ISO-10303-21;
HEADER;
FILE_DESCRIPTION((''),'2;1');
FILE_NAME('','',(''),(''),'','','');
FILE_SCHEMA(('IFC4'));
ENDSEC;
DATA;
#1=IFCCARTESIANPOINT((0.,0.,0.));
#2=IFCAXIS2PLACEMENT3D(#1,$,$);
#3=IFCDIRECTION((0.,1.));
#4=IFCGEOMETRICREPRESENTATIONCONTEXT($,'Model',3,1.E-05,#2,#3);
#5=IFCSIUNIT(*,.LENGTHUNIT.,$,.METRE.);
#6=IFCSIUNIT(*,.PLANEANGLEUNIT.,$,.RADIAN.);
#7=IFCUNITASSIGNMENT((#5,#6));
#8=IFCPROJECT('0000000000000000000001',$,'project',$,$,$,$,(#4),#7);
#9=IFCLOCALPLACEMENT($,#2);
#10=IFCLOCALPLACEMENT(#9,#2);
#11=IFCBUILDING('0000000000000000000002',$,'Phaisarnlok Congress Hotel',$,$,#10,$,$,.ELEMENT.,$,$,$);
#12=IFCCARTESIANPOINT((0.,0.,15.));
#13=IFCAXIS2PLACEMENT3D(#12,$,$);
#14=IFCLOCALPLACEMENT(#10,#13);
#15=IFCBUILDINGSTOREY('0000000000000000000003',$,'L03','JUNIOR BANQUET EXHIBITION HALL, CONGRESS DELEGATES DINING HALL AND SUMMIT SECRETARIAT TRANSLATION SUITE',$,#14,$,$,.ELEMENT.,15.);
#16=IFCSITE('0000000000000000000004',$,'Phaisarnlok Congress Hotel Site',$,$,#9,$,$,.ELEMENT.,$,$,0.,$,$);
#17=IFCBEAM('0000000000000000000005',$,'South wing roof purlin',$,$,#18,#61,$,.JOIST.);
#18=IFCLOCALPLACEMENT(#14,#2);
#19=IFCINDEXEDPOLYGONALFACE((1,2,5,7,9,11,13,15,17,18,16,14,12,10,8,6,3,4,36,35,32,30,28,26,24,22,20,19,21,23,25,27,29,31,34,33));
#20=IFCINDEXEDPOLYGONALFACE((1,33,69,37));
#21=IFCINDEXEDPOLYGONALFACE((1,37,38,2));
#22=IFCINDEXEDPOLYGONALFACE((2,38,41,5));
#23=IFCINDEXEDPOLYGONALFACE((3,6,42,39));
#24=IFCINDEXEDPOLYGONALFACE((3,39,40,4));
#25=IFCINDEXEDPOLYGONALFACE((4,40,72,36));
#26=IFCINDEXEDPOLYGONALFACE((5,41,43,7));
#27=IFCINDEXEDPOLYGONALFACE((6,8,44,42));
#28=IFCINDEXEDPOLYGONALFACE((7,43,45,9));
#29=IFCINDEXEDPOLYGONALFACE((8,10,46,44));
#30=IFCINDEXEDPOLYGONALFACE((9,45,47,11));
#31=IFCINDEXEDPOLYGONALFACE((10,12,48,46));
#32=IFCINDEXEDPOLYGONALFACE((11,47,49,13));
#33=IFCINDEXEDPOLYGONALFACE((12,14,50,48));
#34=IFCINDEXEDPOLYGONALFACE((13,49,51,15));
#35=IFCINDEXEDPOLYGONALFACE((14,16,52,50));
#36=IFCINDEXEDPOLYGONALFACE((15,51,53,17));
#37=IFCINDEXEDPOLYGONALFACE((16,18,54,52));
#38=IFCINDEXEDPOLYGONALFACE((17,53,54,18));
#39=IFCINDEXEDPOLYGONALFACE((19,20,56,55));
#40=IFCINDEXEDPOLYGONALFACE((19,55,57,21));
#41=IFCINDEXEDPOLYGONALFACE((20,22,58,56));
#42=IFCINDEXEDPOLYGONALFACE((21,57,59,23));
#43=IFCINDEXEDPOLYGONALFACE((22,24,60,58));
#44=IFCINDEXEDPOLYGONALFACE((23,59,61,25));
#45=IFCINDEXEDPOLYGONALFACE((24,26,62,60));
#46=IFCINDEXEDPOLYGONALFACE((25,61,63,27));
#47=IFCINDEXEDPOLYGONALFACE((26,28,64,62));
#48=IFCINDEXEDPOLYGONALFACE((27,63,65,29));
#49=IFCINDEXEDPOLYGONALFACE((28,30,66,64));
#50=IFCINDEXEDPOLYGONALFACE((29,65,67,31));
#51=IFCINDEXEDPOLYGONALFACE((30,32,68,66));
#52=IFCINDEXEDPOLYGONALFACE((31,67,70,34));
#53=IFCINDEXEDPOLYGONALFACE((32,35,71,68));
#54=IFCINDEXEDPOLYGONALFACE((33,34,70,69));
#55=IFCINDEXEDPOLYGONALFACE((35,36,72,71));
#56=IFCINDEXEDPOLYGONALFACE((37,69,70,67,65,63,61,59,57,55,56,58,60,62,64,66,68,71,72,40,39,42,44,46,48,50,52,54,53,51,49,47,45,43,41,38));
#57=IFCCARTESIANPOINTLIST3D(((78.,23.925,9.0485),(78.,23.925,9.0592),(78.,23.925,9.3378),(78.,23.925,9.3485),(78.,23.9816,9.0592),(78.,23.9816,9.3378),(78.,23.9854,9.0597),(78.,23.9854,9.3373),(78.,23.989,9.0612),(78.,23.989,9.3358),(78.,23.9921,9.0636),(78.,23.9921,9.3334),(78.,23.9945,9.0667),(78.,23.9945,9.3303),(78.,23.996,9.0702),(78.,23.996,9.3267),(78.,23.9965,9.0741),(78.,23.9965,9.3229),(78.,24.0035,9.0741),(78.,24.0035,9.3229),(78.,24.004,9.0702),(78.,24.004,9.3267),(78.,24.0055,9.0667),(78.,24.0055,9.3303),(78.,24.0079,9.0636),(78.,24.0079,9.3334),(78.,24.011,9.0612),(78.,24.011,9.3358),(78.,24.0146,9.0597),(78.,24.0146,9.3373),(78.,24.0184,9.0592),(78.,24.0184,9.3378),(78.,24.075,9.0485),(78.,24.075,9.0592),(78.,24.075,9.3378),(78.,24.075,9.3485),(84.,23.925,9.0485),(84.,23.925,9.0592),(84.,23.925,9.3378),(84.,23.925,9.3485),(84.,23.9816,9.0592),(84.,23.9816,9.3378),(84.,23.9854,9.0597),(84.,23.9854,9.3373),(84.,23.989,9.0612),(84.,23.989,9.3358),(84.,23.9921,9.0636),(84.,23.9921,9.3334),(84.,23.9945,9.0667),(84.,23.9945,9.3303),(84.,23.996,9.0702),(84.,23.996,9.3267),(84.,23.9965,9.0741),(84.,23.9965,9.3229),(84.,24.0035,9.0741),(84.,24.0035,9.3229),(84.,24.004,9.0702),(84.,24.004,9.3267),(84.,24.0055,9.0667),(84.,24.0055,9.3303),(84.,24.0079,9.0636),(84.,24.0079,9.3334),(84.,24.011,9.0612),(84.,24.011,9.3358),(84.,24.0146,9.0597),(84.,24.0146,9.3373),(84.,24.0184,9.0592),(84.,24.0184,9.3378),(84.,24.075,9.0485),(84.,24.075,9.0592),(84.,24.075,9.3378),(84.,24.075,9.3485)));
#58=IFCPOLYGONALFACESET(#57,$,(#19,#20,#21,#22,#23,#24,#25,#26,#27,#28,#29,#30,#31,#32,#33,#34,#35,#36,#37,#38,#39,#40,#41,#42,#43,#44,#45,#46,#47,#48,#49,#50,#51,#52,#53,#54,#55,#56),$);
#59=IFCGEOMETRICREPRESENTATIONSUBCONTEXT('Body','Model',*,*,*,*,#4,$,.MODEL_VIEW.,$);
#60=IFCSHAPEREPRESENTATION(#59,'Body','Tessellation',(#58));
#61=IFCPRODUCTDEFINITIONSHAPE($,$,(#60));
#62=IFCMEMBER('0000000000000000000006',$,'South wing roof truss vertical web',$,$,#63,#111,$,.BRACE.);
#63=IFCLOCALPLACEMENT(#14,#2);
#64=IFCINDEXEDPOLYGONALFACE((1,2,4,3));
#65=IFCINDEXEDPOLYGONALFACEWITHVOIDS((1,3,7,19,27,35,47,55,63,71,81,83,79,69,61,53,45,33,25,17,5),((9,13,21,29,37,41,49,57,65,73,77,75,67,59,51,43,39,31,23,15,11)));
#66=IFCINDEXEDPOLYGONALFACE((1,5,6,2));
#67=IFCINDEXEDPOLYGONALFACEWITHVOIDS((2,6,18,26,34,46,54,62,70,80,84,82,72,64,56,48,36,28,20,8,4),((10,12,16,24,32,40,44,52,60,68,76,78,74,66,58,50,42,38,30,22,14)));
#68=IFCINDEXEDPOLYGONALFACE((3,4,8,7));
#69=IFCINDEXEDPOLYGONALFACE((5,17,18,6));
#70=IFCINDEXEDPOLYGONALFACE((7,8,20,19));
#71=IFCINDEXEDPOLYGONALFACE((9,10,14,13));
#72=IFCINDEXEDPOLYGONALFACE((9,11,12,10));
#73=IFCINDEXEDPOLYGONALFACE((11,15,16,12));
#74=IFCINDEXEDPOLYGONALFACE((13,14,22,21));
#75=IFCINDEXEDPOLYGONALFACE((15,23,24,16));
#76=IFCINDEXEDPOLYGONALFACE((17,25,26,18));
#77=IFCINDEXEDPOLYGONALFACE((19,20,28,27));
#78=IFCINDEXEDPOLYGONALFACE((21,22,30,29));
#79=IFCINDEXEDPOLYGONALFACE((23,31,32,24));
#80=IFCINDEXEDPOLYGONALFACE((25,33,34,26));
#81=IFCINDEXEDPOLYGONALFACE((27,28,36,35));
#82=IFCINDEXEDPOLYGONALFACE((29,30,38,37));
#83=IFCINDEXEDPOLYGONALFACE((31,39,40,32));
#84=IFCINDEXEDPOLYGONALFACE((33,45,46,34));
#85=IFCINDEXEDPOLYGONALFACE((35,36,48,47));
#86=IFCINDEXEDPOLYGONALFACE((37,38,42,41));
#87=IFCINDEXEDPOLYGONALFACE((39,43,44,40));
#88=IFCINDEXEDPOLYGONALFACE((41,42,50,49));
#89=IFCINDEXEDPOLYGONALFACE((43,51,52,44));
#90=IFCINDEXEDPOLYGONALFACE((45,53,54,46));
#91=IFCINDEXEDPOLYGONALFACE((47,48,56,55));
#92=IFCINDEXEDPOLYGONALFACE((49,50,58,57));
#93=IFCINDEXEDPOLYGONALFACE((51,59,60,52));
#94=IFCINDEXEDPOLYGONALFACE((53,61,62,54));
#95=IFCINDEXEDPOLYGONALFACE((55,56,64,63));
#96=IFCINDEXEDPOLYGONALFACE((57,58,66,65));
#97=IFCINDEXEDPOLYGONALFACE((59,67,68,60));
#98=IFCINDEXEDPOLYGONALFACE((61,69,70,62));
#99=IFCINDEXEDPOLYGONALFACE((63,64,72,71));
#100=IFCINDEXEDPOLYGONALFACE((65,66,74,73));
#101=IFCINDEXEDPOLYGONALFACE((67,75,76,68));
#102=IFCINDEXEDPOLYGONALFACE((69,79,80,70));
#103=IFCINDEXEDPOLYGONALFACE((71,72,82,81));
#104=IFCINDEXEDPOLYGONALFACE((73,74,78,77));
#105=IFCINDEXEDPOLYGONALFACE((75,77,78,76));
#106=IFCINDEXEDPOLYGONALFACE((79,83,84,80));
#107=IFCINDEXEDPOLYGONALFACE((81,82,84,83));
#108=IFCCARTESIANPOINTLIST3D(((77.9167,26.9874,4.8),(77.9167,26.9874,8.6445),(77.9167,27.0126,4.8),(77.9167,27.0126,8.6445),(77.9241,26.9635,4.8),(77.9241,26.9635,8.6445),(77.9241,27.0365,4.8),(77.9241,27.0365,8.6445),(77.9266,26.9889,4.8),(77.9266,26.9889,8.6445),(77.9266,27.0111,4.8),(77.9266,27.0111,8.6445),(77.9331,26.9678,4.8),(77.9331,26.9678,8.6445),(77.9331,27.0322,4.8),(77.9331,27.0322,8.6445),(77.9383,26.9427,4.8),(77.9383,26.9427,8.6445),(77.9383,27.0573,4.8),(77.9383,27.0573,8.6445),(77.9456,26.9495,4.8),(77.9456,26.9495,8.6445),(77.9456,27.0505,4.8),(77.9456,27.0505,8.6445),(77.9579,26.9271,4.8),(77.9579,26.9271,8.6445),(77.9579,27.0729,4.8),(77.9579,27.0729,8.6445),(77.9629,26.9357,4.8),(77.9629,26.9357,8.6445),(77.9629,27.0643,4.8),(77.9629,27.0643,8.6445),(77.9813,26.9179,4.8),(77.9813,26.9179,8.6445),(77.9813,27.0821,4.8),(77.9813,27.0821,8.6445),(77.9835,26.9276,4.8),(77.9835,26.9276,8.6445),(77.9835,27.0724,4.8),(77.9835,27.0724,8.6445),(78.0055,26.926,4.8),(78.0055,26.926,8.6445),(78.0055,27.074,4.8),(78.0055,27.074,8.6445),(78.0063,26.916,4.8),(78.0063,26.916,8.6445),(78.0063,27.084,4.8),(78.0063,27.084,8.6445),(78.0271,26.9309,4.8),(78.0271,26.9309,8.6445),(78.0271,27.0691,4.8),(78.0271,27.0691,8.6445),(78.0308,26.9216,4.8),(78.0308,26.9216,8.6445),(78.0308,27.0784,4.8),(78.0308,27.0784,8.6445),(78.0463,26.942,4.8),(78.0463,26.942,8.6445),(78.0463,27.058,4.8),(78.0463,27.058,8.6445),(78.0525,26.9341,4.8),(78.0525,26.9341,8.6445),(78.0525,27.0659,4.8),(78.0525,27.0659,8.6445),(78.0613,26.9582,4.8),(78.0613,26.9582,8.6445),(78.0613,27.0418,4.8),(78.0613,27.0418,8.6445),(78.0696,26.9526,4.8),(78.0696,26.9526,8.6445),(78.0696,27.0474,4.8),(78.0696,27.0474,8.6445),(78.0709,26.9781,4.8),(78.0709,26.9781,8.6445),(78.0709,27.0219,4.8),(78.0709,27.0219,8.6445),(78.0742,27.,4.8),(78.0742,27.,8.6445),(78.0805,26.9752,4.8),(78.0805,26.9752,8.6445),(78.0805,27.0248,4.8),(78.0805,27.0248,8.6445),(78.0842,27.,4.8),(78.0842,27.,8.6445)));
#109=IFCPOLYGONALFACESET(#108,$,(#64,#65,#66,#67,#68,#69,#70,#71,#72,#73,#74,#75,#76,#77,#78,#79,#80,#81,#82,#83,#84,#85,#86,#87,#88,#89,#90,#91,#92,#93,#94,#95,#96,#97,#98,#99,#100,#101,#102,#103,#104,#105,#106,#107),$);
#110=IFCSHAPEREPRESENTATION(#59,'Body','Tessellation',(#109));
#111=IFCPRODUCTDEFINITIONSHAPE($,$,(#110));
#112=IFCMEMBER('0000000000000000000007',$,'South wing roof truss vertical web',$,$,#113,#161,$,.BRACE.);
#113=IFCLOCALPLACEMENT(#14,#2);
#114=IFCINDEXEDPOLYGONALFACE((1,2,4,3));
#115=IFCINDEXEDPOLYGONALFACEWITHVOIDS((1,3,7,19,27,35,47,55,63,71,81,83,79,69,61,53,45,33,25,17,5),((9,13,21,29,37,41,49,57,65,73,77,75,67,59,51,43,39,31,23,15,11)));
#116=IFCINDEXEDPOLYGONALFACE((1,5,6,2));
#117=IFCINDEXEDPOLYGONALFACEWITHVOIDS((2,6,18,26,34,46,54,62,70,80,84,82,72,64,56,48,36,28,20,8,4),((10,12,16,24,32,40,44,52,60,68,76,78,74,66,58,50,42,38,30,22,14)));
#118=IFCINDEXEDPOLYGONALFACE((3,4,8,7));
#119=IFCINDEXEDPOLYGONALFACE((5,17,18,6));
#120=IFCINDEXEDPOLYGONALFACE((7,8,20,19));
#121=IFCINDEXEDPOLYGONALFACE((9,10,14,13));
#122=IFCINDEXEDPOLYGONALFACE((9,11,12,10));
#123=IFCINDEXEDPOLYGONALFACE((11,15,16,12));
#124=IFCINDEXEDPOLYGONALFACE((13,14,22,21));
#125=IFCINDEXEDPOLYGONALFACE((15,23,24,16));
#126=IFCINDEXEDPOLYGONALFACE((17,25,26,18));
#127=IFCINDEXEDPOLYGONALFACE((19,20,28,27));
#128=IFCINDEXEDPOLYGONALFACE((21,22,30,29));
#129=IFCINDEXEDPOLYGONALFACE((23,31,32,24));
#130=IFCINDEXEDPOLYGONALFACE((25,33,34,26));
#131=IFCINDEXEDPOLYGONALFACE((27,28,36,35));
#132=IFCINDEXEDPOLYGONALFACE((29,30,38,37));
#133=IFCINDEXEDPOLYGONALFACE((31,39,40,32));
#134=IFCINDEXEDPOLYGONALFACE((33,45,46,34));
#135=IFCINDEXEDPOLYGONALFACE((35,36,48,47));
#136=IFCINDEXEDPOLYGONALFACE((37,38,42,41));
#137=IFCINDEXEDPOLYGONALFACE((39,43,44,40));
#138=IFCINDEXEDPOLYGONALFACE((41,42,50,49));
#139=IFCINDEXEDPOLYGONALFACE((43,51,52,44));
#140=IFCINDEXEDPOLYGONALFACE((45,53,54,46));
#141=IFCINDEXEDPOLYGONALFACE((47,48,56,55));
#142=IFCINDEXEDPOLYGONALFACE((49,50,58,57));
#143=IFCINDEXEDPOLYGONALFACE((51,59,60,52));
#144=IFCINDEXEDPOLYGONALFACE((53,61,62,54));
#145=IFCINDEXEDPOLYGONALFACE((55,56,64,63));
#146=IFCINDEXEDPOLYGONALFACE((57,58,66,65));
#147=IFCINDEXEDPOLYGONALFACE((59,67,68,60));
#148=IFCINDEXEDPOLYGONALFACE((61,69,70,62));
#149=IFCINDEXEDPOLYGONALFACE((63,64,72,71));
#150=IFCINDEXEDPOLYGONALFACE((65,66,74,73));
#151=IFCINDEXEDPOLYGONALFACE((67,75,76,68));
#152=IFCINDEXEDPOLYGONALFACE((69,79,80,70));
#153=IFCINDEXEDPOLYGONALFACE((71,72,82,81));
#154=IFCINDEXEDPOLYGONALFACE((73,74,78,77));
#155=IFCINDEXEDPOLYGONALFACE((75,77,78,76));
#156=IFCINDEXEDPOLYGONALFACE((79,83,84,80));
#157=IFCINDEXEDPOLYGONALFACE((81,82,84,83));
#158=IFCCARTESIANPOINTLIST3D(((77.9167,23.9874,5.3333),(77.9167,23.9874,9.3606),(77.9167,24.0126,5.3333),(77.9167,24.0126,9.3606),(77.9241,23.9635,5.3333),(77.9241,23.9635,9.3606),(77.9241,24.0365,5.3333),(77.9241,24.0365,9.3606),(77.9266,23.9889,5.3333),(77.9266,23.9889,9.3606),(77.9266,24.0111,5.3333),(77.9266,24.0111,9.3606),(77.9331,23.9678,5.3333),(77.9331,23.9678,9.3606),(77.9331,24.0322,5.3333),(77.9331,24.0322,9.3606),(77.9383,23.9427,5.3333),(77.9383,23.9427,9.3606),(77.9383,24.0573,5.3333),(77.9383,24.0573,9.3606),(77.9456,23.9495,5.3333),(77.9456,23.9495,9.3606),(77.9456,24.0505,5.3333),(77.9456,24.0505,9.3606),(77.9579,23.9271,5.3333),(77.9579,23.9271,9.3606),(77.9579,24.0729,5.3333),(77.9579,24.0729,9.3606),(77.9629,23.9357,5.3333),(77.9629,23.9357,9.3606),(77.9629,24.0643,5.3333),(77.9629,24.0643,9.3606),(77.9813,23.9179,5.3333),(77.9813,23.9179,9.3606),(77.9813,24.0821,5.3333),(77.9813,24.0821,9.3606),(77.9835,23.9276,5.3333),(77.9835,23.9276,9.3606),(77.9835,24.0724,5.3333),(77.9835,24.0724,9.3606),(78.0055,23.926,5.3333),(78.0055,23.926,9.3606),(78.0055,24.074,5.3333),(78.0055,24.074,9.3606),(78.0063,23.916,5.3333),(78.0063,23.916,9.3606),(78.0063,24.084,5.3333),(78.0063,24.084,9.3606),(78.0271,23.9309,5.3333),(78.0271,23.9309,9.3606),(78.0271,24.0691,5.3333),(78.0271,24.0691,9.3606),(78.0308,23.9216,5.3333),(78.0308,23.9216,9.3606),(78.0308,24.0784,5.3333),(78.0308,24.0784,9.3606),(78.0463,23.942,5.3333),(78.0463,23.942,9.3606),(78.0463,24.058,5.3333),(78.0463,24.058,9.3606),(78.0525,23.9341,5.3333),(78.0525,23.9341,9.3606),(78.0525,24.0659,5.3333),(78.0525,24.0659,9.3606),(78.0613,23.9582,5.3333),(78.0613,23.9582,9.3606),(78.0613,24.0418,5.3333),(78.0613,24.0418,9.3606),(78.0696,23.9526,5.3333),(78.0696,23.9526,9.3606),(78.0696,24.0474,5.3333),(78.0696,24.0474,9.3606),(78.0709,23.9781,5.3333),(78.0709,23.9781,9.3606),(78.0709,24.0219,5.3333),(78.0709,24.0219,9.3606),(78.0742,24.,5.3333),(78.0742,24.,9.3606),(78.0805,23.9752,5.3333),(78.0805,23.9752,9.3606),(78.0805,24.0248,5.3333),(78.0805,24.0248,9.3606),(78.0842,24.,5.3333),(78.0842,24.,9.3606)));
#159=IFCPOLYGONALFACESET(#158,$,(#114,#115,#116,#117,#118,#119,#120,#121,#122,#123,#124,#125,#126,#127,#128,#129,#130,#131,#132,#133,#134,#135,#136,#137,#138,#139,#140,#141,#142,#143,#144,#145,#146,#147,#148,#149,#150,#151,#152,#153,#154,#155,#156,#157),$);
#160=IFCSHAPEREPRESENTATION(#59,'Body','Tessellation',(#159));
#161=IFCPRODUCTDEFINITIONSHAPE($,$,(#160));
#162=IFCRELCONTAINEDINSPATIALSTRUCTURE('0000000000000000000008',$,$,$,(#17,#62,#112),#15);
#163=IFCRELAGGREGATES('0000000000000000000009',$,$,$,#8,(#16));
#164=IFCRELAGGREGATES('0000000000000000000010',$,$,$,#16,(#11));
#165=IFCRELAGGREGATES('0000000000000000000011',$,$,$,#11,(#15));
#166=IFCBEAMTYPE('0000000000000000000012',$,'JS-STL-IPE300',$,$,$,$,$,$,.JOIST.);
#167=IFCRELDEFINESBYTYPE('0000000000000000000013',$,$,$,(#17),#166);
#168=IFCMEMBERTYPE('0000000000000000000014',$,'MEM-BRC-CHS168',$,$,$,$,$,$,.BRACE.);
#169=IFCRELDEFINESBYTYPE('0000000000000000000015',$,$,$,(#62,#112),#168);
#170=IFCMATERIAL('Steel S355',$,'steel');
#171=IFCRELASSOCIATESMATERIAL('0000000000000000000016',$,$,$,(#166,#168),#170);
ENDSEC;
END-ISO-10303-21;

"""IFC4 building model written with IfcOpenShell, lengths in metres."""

from ifc_helpers import new_model, si_unit, direction, frame, origin, origin_2d, place, context, subcontext, project, spatial, hollow_circle, i_section, extrude, material, material_profile, profile_set, type_object, element, save


model = new_model("IFC4")

# Units and contexts
model_context = context("Model", 3, precision=1e-05, world=origin(), true_north=direction((0.0, 1.0)))
body_context = subcontext(model_context, "Body", "Model", "MODEL_VIEW")
ifc_project = project(units=[si_unit("LENGTHUNIT", "METRE"), si_unit("PLANEANGLEUNIT", "RADIAN")], contexts=[model_context])

# Site, building, storey
site_placement = place(None, origin())
site = spatial("IfcSite", under=ifc_project, at=site_placement, Name="Phaisarnlok Congress Hotel Site", CompositionType="ELEMENT", RefElevation=0.0)
building_placement = place(site_placement, origin())
building = spatial("IfcBuilding", under=site, at=building_placement, Name="Phaisarnlok Congress Hotel", CompositionType="ELEMENT")
storey_placement = place(building_placement, frame((0.0, 0.0, 15.0)))
storey = spatial("IfcBuildingStorey", under=building, at=storey_placement, Name="L03", Description="JUNIOR BANQUET EXHIBITION HALL, CONGRESS DELEGATES DINING HALL AND SUMMIT SECRETARIAT TRANSLATION SUITE", CompositionType="ELEMENT", Elevation=15.0)

# Beam
ifc_material_1 = material(Name="Steel S355", Category="steel")
ifc_material_profile_1 = material_profile(ifc_material_1, i_section(OverallWidth=0.1499, OverallDepth=0.3, WebThickness=0.0071, FlangeThickness=0.0107, FilletRadius=0.0149, at=origin_2d()), Name="IPE 300")
ifc_profile_set_1 = profile_set([ifc_material_profile_1], Name="Steel S355")
beam_type = type_object("IfcBeamType", Name="JS-STL-IPE300", PredefinedType="JOIST", material=ifc_profile_set_1)
beam_placement = place(storey_placement, frame((78.0, 24.0, 9.1985), z_axis=(1.0, 0.0, 0.0), x_axis=(0.0, 1.0, 0.0)))
element("IfcBeam", 1, at=beam_placement, inside=storey, type_object=beam_type, Name="South wing roof purlin", PredefinedType="JOIST", context=body_context, shape_type="SweptSolid", body=[
    extrude(i_section(OverallWidth=0.1499, OverallDepth=0.3, WebThickness=0.0071, FlangeThickness=0.0107, FilletRadius=0.0149, at=origin_2d()), origin(), (0.0, 0.0, 1.0), 6.0),
])

# Members
ifc_material_profile_2 = material_profile(ifc_material_1, hollow_circle(Radius=0.0842, WallThickness=0.01, at=origin_2d()), Name="CHS 168.3x10")
ifc_profile_set_2 = profile_set([ifc_material_profile_2], Name="Steel S355")
member_type_1 = type_object("IfcMemberType", Name="MEM-BRC-CHS168", PredefinedType="BRACE", material=ifc_profile_set_2)
member_1_placement = place(storey_placement, frame((78.0, 27.0, 4.8), z_axis=(0.0, 0.0, 1.0), x_axis=(1.0, 0.0, 0.0)))
element("IfcMember", 2, at=member_1_placement, inside=storey, type_object=member_type_1, Name="South wing roof truss vertical web", PredefinedType="BRACE", context=body_context, shape_type="SweptSolid", body=[
    extrude(hollow_circle(Radius=0.0842, WallThickness=0.01, at=origin_2d()), origin(), (0.0, 0.0, 1.0), 3.8445),
])
member_2_placement = place(storey_placement, frame((78.0, 24.0, 5.3333), z_axis=(0.0, 0.0, 1.0), x_axis=(1.0, 0.0, 0.0)))
element("IfcMember", 3, at=member_2_placement, inside=storey, type_object=member_type_1, Name="South wing roof truss vertical web", PredefinedType="BRACE", context=body_context, shape_type="SweptSolid", body=[
    extrude(hollow_circle(Radius=0.0842, WallThickness=0.01, at=origin_2d()), origin(), (0.0, 0.0, 1.0), 4.0273),
])

save(model, "model.ifc")
